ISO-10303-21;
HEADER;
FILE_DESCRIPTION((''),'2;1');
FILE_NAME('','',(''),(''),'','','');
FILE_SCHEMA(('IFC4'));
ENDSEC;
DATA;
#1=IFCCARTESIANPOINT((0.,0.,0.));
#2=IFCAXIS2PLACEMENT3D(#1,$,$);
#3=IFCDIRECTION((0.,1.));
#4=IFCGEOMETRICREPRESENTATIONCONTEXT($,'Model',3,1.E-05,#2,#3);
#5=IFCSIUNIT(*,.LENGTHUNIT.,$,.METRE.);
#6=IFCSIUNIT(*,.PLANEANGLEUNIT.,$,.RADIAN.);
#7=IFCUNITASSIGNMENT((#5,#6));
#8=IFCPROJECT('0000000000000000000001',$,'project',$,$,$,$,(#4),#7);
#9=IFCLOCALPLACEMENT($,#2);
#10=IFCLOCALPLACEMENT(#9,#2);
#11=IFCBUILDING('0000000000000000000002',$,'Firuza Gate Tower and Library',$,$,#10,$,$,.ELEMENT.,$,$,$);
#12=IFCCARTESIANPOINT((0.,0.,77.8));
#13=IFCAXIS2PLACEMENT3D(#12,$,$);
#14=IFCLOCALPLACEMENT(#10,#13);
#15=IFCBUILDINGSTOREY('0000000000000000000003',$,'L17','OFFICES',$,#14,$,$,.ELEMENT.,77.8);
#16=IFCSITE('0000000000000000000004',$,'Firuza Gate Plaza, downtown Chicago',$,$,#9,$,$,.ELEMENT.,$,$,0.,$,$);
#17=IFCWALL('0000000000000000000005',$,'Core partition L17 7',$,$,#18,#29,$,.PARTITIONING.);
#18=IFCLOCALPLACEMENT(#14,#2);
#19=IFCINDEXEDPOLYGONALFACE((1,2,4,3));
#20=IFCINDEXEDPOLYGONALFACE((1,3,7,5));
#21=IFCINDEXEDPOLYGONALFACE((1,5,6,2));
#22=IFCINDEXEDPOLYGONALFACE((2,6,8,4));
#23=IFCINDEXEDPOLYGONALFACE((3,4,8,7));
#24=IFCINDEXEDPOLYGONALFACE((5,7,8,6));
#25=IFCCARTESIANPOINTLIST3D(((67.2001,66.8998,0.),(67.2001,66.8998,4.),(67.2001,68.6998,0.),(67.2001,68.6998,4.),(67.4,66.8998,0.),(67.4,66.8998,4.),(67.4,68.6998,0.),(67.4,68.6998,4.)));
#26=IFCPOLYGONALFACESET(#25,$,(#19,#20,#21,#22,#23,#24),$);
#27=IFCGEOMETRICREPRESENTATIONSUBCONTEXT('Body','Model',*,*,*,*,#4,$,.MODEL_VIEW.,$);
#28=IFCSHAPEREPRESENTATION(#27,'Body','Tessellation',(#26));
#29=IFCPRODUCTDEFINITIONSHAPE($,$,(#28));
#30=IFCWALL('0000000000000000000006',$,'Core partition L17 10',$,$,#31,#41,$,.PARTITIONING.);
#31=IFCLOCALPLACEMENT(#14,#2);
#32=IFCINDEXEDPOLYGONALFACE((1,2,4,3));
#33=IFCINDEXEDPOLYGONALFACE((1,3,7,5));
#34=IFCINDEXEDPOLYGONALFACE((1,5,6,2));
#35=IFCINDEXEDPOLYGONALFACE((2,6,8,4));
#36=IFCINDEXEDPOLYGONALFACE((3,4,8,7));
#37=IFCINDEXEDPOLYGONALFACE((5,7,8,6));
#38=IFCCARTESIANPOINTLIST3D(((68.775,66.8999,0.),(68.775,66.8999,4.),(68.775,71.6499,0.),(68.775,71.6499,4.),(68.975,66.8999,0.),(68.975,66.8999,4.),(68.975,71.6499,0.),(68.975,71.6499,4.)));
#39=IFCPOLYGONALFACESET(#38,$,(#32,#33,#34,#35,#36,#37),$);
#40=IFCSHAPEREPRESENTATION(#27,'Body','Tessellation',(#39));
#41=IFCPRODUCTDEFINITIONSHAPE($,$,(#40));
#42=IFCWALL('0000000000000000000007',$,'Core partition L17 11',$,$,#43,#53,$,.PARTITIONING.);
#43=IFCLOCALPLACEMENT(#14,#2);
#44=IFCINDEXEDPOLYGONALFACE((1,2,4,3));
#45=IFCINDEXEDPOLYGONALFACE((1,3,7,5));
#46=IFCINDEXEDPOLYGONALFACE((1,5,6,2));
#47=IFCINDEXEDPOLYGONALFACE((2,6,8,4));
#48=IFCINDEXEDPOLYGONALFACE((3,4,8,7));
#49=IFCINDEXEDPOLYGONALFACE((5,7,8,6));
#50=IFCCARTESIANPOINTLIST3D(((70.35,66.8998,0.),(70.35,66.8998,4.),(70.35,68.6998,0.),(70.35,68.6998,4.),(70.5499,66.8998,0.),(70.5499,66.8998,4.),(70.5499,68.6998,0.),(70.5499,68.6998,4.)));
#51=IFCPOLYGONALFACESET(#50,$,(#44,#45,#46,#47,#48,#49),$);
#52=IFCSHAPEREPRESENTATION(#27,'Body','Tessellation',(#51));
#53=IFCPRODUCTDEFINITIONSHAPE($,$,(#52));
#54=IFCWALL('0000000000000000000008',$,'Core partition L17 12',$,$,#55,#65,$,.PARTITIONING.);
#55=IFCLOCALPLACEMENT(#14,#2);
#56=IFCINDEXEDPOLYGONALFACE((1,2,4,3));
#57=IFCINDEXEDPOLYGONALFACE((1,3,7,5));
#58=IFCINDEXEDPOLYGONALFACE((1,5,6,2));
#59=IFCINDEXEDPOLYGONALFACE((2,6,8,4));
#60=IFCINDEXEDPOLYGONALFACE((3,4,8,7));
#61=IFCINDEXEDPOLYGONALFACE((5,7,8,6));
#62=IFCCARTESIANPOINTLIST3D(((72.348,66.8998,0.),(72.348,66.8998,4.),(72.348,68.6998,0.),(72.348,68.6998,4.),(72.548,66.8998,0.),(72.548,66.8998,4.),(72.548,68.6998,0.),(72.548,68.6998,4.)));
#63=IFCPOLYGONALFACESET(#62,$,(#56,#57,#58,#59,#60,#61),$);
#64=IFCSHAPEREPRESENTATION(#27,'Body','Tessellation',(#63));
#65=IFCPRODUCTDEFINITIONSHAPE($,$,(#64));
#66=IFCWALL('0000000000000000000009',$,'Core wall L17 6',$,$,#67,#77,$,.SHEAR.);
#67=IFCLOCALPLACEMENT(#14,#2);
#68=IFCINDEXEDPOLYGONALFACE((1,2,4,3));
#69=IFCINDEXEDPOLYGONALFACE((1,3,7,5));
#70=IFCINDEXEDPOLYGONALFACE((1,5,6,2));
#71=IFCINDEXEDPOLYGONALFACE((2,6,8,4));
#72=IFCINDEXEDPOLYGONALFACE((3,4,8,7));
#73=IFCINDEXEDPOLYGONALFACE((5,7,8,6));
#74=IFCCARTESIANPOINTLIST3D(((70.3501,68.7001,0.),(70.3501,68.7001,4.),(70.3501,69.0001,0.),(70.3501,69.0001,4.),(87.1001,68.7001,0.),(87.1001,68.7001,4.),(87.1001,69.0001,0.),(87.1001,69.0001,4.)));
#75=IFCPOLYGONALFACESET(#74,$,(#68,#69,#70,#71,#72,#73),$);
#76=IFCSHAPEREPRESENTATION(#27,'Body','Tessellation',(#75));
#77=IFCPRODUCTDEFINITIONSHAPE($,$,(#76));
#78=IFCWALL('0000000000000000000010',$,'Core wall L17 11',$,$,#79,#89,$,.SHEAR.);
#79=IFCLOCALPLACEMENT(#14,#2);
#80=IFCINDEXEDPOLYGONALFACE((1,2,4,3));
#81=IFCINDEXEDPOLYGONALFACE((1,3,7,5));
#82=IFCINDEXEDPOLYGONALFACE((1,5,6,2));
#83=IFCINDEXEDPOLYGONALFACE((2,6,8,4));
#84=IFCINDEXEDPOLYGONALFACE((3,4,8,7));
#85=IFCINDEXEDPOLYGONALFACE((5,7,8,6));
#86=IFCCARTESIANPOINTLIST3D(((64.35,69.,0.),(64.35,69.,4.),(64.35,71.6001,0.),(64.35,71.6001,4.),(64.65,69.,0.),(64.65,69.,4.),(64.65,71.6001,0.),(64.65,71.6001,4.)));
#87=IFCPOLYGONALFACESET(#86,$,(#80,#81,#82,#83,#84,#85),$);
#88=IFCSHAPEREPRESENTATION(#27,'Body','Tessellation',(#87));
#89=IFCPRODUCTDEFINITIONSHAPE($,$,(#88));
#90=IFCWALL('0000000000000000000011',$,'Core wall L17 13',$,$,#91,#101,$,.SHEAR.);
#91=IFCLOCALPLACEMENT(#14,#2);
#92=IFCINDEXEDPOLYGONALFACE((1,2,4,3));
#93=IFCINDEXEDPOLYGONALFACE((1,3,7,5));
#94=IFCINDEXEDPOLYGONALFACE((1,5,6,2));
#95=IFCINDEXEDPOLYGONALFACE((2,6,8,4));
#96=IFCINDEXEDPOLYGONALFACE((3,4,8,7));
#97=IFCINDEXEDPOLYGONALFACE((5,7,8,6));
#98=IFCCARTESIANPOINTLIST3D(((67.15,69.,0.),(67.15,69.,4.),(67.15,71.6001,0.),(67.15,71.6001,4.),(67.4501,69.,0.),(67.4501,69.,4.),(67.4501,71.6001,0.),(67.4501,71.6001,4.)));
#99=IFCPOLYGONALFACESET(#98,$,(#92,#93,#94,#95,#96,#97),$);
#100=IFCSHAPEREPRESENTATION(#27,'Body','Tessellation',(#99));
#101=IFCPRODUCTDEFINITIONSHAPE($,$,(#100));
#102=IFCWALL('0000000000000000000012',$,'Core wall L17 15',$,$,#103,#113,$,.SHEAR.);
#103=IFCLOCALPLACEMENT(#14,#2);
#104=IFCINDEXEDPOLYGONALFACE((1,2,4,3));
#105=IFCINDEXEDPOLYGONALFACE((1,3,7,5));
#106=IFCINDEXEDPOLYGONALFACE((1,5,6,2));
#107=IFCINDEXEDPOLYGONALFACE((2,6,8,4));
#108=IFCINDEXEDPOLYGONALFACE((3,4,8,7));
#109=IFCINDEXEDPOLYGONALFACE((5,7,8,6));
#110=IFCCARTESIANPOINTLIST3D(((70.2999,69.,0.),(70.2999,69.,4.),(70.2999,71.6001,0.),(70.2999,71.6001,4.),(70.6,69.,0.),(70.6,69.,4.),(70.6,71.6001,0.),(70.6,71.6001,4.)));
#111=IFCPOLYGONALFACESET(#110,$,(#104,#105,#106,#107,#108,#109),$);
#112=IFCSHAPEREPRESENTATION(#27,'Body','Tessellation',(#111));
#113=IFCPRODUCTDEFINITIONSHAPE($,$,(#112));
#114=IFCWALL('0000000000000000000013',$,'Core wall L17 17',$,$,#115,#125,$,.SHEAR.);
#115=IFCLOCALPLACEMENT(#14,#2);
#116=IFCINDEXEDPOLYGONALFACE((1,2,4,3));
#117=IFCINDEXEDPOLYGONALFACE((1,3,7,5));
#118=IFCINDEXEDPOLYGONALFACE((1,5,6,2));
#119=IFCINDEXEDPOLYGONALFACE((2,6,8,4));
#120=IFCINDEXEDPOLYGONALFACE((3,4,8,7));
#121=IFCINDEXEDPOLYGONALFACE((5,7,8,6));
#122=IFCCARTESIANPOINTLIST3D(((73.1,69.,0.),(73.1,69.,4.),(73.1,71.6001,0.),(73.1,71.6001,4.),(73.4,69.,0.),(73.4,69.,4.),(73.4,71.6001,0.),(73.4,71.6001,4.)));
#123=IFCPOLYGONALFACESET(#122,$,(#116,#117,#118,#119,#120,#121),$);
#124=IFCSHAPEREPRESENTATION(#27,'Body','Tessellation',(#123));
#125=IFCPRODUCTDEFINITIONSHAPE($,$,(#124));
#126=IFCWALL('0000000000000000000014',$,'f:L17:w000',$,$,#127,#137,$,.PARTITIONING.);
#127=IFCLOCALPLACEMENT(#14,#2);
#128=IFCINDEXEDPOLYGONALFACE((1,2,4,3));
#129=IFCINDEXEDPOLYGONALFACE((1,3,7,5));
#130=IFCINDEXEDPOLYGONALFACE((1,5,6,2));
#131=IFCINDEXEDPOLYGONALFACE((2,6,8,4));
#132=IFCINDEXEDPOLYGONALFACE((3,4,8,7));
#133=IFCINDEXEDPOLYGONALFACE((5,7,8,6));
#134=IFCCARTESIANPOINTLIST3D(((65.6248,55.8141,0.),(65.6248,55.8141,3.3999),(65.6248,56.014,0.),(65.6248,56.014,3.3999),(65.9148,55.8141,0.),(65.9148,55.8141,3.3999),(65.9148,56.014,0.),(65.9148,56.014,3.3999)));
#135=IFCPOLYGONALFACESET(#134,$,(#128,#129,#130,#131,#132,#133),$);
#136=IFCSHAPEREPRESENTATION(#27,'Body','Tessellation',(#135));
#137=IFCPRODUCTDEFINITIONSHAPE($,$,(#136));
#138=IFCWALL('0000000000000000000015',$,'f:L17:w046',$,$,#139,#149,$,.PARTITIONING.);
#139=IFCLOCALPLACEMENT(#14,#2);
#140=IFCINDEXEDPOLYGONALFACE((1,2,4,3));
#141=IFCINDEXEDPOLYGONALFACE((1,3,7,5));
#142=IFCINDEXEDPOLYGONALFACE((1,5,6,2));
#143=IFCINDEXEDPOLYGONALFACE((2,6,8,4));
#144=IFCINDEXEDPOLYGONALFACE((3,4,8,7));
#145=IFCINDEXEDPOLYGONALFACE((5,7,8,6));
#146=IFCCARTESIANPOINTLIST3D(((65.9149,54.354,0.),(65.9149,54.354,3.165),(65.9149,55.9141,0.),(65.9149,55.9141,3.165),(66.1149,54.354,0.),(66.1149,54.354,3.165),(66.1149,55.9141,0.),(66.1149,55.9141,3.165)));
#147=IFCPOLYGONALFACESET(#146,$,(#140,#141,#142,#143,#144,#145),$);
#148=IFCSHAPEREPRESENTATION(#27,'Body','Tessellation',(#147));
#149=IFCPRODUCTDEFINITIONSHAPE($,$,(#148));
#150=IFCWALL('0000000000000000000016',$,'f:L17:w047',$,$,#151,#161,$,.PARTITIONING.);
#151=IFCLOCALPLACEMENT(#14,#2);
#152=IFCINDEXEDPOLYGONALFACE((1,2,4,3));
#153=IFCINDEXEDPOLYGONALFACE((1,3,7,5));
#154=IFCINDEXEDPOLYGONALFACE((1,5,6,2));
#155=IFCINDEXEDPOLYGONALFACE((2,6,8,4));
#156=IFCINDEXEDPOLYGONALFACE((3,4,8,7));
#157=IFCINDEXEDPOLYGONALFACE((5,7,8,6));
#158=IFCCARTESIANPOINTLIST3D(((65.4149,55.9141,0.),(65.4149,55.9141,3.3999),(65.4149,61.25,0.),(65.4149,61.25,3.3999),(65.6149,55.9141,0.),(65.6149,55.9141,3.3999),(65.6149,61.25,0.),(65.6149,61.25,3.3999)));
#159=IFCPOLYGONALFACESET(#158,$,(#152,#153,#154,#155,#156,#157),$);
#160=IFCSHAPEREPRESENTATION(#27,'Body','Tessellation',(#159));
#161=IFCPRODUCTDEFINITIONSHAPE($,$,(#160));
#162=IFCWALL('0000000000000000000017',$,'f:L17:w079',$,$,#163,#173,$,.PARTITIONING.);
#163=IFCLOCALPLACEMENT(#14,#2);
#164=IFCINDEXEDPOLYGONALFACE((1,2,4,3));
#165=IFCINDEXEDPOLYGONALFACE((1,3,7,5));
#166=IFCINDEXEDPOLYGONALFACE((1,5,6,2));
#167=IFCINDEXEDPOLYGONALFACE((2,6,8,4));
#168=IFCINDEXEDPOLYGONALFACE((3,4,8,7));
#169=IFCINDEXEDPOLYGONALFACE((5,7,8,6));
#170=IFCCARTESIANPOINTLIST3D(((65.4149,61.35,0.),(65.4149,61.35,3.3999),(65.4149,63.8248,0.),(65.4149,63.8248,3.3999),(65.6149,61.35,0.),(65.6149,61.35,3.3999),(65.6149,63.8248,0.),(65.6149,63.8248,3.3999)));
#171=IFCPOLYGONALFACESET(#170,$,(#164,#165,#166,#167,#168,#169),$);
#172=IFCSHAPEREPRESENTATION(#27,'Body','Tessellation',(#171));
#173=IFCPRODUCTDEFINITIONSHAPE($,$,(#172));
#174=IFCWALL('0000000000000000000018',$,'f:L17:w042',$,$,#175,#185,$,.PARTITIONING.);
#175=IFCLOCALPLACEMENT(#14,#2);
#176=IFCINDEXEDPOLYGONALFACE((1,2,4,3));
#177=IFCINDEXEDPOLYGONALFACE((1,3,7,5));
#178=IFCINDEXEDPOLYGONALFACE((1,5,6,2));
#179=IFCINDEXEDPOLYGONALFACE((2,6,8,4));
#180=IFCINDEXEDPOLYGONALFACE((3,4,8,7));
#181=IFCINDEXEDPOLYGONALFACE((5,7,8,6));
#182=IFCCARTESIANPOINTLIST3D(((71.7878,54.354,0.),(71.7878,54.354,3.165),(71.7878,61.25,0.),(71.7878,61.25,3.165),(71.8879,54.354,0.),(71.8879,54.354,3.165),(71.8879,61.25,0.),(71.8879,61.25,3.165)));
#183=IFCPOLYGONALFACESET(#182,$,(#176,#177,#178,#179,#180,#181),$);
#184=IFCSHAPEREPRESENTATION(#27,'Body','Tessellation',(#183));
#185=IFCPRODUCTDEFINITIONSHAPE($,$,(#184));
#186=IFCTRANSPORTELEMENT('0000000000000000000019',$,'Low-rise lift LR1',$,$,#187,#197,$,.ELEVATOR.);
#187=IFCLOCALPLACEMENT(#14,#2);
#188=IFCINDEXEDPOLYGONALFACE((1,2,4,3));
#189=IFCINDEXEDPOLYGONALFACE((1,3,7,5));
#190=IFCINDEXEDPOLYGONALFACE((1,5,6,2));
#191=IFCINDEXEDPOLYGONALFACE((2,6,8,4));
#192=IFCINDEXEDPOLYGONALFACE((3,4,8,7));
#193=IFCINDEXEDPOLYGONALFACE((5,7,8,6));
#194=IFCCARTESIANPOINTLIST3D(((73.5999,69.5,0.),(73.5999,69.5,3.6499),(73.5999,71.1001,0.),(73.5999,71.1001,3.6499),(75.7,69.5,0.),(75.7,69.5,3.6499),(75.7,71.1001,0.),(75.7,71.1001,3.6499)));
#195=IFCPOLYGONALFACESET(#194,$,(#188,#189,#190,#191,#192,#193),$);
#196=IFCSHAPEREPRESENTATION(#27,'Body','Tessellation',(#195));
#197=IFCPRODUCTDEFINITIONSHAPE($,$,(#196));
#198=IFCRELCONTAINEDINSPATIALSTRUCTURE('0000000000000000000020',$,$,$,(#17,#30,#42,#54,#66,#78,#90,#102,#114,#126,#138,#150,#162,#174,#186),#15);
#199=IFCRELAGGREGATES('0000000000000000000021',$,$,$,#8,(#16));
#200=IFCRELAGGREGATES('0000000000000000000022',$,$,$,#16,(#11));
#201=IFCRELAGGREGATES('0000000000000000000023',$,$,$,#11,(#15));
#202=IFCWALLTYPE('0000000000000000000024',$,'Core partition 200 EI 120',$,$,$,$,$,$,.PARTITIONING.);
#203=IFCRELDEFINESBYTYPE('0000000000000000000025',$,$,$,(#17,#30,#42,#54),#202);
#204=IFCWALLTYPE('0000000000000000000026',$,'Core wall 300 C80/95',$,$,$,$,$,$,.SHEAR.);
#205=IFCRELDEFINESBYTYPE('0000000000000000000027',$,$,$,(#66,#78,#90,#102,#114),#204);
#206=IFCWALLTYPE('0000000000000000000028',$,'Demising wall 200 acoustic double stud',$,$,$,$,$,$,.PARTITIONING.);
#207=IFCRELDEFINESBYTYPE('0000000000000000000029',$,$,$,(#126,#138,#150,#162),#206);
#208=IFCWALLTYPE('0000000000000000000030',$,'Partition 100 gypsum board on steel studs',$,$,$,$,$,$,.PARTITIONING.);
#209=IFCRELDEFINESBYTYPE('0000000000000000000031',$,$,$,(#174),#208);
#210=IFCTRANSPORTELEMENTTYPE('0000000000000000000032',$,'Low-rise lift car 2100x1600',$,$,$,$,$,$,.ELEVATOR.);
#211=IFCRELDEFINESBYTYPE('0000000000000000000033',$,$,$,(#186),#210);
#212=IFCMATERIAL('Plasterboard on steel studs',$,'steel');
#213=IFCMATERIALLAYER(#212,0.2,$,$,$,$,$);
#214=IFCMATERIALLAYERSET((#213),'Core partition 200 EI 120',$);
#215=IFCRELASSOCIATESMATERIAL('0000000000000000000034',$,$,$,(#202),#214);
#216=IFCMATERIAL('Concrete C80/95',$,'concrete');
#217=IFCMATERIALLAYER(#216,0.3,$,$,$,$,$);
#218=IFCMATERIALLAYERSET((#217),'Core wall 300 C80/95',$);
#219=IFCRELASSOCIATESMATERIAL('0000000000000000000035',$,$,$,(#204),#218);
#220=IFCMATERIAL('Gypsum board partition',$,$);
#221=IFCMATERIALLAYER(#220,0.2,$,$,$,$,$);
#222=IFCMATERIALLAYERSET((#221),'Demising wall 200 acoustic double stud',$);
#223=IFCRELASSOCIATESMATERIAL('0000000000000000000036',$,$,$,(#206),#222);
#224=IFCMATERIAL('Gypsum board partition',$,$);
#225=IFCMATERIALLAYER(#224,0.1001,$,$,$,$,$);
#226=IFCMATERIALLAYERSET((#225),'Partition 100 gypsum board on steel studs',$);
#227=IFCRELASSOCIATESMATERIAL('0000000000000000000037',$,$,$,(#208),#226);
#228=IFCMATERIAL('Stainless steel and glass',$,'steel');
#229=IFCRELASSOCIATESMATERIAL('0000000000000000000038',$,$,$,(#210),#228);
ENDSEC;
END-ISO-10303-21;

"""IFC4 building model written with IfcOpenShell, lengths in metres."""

from ifc_helpers import new_model, si_unit, direction, frame, frame_2d, origin, origin_2d, place, context, subcontext, project, spatial, rectangle, extrude, material, layer, layer_set, type_object, element, save


model = new_model("IFC4")

# Units and contexts
model_context = context("Model", 3, precision=1e-05, world=origin(), true_north=direction((0.0, 1.0)))
body_context = subcontext(model_context, "Body", "Model", "MODEL_VIEW")
ifc_project = project(units=[si_unit("LENGTHUNIT", "METRE"), si_unit("PLANEANGLEUNIT", "RADIAN")], contexts=[model_context])

# Site, building, storey
site_placement = place(None, origin())
site = spatial("IfcSite", under=ifc_project, at=site_placement, Name="Firuza Gate Plaza, downtown Chicago", CompositionType="ELEMENT", RefElevation=0.0)
building_placement = place(site_placement, origin())
building = spatial("IfcBuilding", under=site, at=building_placement, Name="Firuza Gate Tower and Library", CompositionType="ELEMENT")
storey_placement = place(building_placement, frame((0.0, 0.0, 77.8)))
storey = spatial("IfcBuildingStorey", under=building, at=storey_placement, Name="L17", Description="OFFICES", CompositionType="ELEMENT", Elevation=77.8)

# Walls
ifc_material_1 = material(Name="Plasterboard on steel studs", Category="steel")
ifc_layer_1 = layer(ifc_material_1, 0.2)
ifc_layer_set_1 = layer_set([ifc_layer_1], Name="Core partition 200 EI 120")
wall_type_1 = type_object("IfcWallType", Name="Core partition 200 EI 120", PredefinedType="PARTITIONING", material=ifc_layer_set_1)
wall_1_placement = place(storey_placement, frame((67.3, 66.8999, 0.0), z_axis=(0.0, 0.0, 1.0), x_axis=(0.0, 1.0, 0.0)))
element("IfcWall", 1, at=wall_1_placement, inside=storey, type_object=wall_type_1, Name="Core partition L17 7", PredefinedType="PARTITIONING", context=body_context, shape_type="SweptSolid", body=[
    extrude(rectangle(XDim=1.8, YDim=0.2, at=frame_2d((0.8999, 0.0))), origin(), (0.0, 0.0, 1.0), 4.0),
])
wall_2_placement = place(storey_placement, frame((68.875, 66.8999, 0.0), z_axis=(0.0, 0.0, 1.0), x_axis=(0.0, 1.0, 0.0)))
element("IfcWall", 2, at=wall_2_placement, inside=storey, type_object=wall_type_1, Name="Core partition L17 10", PredefinedType="PARTITIONING", context=body_context, shape_type="SweptSolid", body=[
    extrude(rectangle(XDim=4.75, YDim=0.2, at=frame_2d((2.375, 0.0))), origin(), (0.0, 0.0, 1.0), 4.0),
])
for number, where, z_axis, x_axis, name in (
    (3, (70.45, 66.8999, 0.0), (0.0, 0.0, 1.0), (0.0, 1.0, 0.0), "Core partition L17 11"),
    (4, (72.448, 66.8999, 0.0), (0.0, 0.0, 1.0), (0.0, 1.0, 0.0), "Core partition L17 12"),
):
    element("IfcWall", number, at=place(storey_placement, frame(where, z_axis=z_axis, x_axis=x_axis)), inside=storey, type_object=wall_type_1, Name=name, PredefinedType="PARTITIONING", context=body_context, shape_type="SweptSolid", body=[
        extrude(rectangle(XDim=1.8, YDim=0.2, at=frame_2d((0.8999, 0.0))), origin(), (0.0, 0.0, 1.0), 4.0),
    ])
ifc_material_2 = material(Name="Concrete C80/95", Category="concrete")
ifc_layer_2 = layer(ifc_material_2, 0.3)
ifc_layer_set_2 = layer_set([ifc_layer_2], Name="Core wall 300 C80/95")
wall_type_2 = type_object("IfcWallType", Name="Core wall 300 C80/95", PredefinedType="SHEAR", material=ifc_layer_set_2)
wall_3_placement = place(storey_placement, frame((70.3501, 68.8501, 0.0), z_axis=(0.0, 0.0, 1.0), x_axis=(1.0, 0.0, 0.0)))
element("IfcWall", 5, at=wall_3_placement, inside=storey, type_object=wall_type_2, Name="Core wall L17 6", PredefinedType="SHEAR", context=body_context, shape_type="SweptSolid", body=[
    extrude(rectangle(XDim=16.75, YDim=0.3, at=frame_2d((8.375, 0.0))), origin(), (0.0, 0.0, 1.0), 4.0),
])
for number, where, z_axis, x_axis, name in (
    (6, (64.5, 69.0, 0.0), (0.0, 0.0, 1.0), (0.0, 1.0, 0.0), "Core wall L17 11"),
    (7, (67.3, 69.0, 0.0), (0.0, 0.0, 1.0), (0.0, 1.0, 0.0), "Core wall L17 13"),
    (8, (70.45, 69.0, 0.0), (0.0, 0.0, 1.0), (0.0, 1.0, 0.0), "Core wall L17 15"),
    (9, (73.25, 69.0, 0.0), (0.0, 0.0, 1.0), (0.0, 1.0, 0.0), "Core wall L17 17"),
):
    element("IfcWall", number, at=place(storey_placement, frame(where, z_axis=z_axis, x_axis=x_axis)), inside=storey, type_object=wall_type_2, Name=name, PredefinedType="SHEAR", context=body_context, shape_type="SweptSolid", body=[
        extrude(rectangle(XDim=2.6001, YDim=0.3, at=frame_2d((1.3, 0.0))), origin(), (0.0, 0.0, 1.0), 4.0),
    ])
ifc_material_3 = material(Name="Gypsum board partition")
ifc_layer_3 = layer(ifc_material_3, 0.2)
ifc_layer_set_3 = layer_set([ifc_layer_3], Name="Demising wall 200 acoustic double stud")
wall_type_3 = type_object("IfcWallType", Name="Demising wall 200 acoustic double stud", PredefinedType="PARTITIONING", material=ifc_layer_set_3)
wall_4_placement = place(storey_placement, frame((65.6248, 55.9141, 0.0), z_axis=(0.0, 0.0, 1.0), x_axis=(1.0, 0.0, 0.0)))
element("IfcWall", 10, at=wall_4_placement, inside=storey, type_object=wall_type_3, Name="f:L17:w000", PredefinedType="PARTITIONING", context=body_context, shape_type="SweptSolid", body=[
    extrude(rectangle(XDim=0.29, YDim=0.2, at=frame_2d((0.145, 0.0))), origin(), (0.0, 0.0, 1.0), 3.3999),
])
wall_5_placement = place(storey_placement, frame((66.0149, 54.354, 0.0), z_axis=(0.0, 0.0, 1.0), x_axis=(0.0, 1.0, 0.0)))
element("IfcWall", 11, at=wall_5_placement, inside=storey, type_object=wall_type_3, Name="f:L17:w046", PredefinedType="PARTITIONING", context=body_context, shape_type="SweptSolid", body=[
    extrude(rectangle(XDim=1.5601, YDim=0.2, at=frame_2d((0.78, 0.0))), origin(), (0.0, 0.0, 1.0), 3.165),
])
wall_6_placement = place(storey_placement, frame((65.5149, 55.9141, 0.0), z_axis=(0.0, 0.0, 1.0), x_axis=(0.0, 1.0, 0.0)))
element("IfcWall", 12, at=wall_6_placement, inside=storey, type_object=wall_type_3, Name="f:L17:w047", PredefinedType="PARTITIONING", context=body_context, shape_type="SweptSolid", body=[
    extrude(rectangle(XDim=5.3359, YDim=0.2, at=frame_2d((2.668, 0.0))), origin(), (0.0, 0.0, 1.0), 3.3999),
])
wall_7_placement = place(storey_placement, frame((65.5149, 61.3501, 0.0), z_axis=(0.0, 0.0, 1.0), x_axis=(0.0, 1.0, 0.0)))
element("IfcWall", 13, at=wall_7_placement, inside=storey, type_object=wall_type_3, Name="f:L17:w079", PredefinedType="PARTITIONING", context=body_context, shape_type="SweptSolid", body=[
    extrude(rectangle(XDim=2.4749, YDim=0.2, at=frame_2d((1.2373, 0.0))), origin(), (0.0, 0.0, 1.0), 3.3999),
])
ifc_material_4 = material(Name="Gypsum board partition")
ifc_layer_4 = layer(ifc_material_4, 0.1001)
ifc_layer_set_4 = layer_set([ifc_layer_4], Name="Partition 100 gypsum board on steel studs")
wall_type_4 = type_object("IfcWallType", Name="Partition 100 gypsum board on steel studs", PredefinedType="PARTITIONING", material=ifc_layer_set_4)
wall_8_placement = place(storey_placement, frame((71.8379, 54.354, 0.0), z_axis=(0.0, 0.0, 1.0), x_axis=(0.0, 1.0, 0.0)))
element("IfcWall", 14, at=wall_8_placement, inside=storey, type_object=wall_type_4, Name="f:L17:w042", PredefinedType="PARTITIONING", context=body_context, shape_type="SweptSolid", body=[
    extrude(rectangle(XDim=6.896, YDim=0.1001, at=frame_2d((3.448, 0.0))), origin(), (0.0, 0.0, 1.0), 3.165),
])

# Transport element
ifc_material_5 = material(Name="Stainless steel and glass", Category="steel")
transport_element_type = type_object("IfcTransportElementType", Name="Low-rise lift car 2100x1600", PredefinedType="ELEVATOR", material=ifc_material_5)
transport_element_placement = place(storey_placement, frame((74.6499, 70.3, 0.0), z_axis=(0.0, 0.0, 1.0), x_axis=(1.0, 0.0, 0.0)))
element("IfcTransportElement", 15, at=transport_element_placement, inside=storey, type_object=transport_element_type, Name="Low-rise lift LR1", PredefinedType="ELEVATOR", context=body_context, shape_type="SweptSolid", body=[
    extrude(rectangle(XDim=2.1001, YDim=1.6001, at=origin_2d()), origin(), (0.0, 0.0, 1.0), 3.6499),
])

save(model, "model.ifc")
